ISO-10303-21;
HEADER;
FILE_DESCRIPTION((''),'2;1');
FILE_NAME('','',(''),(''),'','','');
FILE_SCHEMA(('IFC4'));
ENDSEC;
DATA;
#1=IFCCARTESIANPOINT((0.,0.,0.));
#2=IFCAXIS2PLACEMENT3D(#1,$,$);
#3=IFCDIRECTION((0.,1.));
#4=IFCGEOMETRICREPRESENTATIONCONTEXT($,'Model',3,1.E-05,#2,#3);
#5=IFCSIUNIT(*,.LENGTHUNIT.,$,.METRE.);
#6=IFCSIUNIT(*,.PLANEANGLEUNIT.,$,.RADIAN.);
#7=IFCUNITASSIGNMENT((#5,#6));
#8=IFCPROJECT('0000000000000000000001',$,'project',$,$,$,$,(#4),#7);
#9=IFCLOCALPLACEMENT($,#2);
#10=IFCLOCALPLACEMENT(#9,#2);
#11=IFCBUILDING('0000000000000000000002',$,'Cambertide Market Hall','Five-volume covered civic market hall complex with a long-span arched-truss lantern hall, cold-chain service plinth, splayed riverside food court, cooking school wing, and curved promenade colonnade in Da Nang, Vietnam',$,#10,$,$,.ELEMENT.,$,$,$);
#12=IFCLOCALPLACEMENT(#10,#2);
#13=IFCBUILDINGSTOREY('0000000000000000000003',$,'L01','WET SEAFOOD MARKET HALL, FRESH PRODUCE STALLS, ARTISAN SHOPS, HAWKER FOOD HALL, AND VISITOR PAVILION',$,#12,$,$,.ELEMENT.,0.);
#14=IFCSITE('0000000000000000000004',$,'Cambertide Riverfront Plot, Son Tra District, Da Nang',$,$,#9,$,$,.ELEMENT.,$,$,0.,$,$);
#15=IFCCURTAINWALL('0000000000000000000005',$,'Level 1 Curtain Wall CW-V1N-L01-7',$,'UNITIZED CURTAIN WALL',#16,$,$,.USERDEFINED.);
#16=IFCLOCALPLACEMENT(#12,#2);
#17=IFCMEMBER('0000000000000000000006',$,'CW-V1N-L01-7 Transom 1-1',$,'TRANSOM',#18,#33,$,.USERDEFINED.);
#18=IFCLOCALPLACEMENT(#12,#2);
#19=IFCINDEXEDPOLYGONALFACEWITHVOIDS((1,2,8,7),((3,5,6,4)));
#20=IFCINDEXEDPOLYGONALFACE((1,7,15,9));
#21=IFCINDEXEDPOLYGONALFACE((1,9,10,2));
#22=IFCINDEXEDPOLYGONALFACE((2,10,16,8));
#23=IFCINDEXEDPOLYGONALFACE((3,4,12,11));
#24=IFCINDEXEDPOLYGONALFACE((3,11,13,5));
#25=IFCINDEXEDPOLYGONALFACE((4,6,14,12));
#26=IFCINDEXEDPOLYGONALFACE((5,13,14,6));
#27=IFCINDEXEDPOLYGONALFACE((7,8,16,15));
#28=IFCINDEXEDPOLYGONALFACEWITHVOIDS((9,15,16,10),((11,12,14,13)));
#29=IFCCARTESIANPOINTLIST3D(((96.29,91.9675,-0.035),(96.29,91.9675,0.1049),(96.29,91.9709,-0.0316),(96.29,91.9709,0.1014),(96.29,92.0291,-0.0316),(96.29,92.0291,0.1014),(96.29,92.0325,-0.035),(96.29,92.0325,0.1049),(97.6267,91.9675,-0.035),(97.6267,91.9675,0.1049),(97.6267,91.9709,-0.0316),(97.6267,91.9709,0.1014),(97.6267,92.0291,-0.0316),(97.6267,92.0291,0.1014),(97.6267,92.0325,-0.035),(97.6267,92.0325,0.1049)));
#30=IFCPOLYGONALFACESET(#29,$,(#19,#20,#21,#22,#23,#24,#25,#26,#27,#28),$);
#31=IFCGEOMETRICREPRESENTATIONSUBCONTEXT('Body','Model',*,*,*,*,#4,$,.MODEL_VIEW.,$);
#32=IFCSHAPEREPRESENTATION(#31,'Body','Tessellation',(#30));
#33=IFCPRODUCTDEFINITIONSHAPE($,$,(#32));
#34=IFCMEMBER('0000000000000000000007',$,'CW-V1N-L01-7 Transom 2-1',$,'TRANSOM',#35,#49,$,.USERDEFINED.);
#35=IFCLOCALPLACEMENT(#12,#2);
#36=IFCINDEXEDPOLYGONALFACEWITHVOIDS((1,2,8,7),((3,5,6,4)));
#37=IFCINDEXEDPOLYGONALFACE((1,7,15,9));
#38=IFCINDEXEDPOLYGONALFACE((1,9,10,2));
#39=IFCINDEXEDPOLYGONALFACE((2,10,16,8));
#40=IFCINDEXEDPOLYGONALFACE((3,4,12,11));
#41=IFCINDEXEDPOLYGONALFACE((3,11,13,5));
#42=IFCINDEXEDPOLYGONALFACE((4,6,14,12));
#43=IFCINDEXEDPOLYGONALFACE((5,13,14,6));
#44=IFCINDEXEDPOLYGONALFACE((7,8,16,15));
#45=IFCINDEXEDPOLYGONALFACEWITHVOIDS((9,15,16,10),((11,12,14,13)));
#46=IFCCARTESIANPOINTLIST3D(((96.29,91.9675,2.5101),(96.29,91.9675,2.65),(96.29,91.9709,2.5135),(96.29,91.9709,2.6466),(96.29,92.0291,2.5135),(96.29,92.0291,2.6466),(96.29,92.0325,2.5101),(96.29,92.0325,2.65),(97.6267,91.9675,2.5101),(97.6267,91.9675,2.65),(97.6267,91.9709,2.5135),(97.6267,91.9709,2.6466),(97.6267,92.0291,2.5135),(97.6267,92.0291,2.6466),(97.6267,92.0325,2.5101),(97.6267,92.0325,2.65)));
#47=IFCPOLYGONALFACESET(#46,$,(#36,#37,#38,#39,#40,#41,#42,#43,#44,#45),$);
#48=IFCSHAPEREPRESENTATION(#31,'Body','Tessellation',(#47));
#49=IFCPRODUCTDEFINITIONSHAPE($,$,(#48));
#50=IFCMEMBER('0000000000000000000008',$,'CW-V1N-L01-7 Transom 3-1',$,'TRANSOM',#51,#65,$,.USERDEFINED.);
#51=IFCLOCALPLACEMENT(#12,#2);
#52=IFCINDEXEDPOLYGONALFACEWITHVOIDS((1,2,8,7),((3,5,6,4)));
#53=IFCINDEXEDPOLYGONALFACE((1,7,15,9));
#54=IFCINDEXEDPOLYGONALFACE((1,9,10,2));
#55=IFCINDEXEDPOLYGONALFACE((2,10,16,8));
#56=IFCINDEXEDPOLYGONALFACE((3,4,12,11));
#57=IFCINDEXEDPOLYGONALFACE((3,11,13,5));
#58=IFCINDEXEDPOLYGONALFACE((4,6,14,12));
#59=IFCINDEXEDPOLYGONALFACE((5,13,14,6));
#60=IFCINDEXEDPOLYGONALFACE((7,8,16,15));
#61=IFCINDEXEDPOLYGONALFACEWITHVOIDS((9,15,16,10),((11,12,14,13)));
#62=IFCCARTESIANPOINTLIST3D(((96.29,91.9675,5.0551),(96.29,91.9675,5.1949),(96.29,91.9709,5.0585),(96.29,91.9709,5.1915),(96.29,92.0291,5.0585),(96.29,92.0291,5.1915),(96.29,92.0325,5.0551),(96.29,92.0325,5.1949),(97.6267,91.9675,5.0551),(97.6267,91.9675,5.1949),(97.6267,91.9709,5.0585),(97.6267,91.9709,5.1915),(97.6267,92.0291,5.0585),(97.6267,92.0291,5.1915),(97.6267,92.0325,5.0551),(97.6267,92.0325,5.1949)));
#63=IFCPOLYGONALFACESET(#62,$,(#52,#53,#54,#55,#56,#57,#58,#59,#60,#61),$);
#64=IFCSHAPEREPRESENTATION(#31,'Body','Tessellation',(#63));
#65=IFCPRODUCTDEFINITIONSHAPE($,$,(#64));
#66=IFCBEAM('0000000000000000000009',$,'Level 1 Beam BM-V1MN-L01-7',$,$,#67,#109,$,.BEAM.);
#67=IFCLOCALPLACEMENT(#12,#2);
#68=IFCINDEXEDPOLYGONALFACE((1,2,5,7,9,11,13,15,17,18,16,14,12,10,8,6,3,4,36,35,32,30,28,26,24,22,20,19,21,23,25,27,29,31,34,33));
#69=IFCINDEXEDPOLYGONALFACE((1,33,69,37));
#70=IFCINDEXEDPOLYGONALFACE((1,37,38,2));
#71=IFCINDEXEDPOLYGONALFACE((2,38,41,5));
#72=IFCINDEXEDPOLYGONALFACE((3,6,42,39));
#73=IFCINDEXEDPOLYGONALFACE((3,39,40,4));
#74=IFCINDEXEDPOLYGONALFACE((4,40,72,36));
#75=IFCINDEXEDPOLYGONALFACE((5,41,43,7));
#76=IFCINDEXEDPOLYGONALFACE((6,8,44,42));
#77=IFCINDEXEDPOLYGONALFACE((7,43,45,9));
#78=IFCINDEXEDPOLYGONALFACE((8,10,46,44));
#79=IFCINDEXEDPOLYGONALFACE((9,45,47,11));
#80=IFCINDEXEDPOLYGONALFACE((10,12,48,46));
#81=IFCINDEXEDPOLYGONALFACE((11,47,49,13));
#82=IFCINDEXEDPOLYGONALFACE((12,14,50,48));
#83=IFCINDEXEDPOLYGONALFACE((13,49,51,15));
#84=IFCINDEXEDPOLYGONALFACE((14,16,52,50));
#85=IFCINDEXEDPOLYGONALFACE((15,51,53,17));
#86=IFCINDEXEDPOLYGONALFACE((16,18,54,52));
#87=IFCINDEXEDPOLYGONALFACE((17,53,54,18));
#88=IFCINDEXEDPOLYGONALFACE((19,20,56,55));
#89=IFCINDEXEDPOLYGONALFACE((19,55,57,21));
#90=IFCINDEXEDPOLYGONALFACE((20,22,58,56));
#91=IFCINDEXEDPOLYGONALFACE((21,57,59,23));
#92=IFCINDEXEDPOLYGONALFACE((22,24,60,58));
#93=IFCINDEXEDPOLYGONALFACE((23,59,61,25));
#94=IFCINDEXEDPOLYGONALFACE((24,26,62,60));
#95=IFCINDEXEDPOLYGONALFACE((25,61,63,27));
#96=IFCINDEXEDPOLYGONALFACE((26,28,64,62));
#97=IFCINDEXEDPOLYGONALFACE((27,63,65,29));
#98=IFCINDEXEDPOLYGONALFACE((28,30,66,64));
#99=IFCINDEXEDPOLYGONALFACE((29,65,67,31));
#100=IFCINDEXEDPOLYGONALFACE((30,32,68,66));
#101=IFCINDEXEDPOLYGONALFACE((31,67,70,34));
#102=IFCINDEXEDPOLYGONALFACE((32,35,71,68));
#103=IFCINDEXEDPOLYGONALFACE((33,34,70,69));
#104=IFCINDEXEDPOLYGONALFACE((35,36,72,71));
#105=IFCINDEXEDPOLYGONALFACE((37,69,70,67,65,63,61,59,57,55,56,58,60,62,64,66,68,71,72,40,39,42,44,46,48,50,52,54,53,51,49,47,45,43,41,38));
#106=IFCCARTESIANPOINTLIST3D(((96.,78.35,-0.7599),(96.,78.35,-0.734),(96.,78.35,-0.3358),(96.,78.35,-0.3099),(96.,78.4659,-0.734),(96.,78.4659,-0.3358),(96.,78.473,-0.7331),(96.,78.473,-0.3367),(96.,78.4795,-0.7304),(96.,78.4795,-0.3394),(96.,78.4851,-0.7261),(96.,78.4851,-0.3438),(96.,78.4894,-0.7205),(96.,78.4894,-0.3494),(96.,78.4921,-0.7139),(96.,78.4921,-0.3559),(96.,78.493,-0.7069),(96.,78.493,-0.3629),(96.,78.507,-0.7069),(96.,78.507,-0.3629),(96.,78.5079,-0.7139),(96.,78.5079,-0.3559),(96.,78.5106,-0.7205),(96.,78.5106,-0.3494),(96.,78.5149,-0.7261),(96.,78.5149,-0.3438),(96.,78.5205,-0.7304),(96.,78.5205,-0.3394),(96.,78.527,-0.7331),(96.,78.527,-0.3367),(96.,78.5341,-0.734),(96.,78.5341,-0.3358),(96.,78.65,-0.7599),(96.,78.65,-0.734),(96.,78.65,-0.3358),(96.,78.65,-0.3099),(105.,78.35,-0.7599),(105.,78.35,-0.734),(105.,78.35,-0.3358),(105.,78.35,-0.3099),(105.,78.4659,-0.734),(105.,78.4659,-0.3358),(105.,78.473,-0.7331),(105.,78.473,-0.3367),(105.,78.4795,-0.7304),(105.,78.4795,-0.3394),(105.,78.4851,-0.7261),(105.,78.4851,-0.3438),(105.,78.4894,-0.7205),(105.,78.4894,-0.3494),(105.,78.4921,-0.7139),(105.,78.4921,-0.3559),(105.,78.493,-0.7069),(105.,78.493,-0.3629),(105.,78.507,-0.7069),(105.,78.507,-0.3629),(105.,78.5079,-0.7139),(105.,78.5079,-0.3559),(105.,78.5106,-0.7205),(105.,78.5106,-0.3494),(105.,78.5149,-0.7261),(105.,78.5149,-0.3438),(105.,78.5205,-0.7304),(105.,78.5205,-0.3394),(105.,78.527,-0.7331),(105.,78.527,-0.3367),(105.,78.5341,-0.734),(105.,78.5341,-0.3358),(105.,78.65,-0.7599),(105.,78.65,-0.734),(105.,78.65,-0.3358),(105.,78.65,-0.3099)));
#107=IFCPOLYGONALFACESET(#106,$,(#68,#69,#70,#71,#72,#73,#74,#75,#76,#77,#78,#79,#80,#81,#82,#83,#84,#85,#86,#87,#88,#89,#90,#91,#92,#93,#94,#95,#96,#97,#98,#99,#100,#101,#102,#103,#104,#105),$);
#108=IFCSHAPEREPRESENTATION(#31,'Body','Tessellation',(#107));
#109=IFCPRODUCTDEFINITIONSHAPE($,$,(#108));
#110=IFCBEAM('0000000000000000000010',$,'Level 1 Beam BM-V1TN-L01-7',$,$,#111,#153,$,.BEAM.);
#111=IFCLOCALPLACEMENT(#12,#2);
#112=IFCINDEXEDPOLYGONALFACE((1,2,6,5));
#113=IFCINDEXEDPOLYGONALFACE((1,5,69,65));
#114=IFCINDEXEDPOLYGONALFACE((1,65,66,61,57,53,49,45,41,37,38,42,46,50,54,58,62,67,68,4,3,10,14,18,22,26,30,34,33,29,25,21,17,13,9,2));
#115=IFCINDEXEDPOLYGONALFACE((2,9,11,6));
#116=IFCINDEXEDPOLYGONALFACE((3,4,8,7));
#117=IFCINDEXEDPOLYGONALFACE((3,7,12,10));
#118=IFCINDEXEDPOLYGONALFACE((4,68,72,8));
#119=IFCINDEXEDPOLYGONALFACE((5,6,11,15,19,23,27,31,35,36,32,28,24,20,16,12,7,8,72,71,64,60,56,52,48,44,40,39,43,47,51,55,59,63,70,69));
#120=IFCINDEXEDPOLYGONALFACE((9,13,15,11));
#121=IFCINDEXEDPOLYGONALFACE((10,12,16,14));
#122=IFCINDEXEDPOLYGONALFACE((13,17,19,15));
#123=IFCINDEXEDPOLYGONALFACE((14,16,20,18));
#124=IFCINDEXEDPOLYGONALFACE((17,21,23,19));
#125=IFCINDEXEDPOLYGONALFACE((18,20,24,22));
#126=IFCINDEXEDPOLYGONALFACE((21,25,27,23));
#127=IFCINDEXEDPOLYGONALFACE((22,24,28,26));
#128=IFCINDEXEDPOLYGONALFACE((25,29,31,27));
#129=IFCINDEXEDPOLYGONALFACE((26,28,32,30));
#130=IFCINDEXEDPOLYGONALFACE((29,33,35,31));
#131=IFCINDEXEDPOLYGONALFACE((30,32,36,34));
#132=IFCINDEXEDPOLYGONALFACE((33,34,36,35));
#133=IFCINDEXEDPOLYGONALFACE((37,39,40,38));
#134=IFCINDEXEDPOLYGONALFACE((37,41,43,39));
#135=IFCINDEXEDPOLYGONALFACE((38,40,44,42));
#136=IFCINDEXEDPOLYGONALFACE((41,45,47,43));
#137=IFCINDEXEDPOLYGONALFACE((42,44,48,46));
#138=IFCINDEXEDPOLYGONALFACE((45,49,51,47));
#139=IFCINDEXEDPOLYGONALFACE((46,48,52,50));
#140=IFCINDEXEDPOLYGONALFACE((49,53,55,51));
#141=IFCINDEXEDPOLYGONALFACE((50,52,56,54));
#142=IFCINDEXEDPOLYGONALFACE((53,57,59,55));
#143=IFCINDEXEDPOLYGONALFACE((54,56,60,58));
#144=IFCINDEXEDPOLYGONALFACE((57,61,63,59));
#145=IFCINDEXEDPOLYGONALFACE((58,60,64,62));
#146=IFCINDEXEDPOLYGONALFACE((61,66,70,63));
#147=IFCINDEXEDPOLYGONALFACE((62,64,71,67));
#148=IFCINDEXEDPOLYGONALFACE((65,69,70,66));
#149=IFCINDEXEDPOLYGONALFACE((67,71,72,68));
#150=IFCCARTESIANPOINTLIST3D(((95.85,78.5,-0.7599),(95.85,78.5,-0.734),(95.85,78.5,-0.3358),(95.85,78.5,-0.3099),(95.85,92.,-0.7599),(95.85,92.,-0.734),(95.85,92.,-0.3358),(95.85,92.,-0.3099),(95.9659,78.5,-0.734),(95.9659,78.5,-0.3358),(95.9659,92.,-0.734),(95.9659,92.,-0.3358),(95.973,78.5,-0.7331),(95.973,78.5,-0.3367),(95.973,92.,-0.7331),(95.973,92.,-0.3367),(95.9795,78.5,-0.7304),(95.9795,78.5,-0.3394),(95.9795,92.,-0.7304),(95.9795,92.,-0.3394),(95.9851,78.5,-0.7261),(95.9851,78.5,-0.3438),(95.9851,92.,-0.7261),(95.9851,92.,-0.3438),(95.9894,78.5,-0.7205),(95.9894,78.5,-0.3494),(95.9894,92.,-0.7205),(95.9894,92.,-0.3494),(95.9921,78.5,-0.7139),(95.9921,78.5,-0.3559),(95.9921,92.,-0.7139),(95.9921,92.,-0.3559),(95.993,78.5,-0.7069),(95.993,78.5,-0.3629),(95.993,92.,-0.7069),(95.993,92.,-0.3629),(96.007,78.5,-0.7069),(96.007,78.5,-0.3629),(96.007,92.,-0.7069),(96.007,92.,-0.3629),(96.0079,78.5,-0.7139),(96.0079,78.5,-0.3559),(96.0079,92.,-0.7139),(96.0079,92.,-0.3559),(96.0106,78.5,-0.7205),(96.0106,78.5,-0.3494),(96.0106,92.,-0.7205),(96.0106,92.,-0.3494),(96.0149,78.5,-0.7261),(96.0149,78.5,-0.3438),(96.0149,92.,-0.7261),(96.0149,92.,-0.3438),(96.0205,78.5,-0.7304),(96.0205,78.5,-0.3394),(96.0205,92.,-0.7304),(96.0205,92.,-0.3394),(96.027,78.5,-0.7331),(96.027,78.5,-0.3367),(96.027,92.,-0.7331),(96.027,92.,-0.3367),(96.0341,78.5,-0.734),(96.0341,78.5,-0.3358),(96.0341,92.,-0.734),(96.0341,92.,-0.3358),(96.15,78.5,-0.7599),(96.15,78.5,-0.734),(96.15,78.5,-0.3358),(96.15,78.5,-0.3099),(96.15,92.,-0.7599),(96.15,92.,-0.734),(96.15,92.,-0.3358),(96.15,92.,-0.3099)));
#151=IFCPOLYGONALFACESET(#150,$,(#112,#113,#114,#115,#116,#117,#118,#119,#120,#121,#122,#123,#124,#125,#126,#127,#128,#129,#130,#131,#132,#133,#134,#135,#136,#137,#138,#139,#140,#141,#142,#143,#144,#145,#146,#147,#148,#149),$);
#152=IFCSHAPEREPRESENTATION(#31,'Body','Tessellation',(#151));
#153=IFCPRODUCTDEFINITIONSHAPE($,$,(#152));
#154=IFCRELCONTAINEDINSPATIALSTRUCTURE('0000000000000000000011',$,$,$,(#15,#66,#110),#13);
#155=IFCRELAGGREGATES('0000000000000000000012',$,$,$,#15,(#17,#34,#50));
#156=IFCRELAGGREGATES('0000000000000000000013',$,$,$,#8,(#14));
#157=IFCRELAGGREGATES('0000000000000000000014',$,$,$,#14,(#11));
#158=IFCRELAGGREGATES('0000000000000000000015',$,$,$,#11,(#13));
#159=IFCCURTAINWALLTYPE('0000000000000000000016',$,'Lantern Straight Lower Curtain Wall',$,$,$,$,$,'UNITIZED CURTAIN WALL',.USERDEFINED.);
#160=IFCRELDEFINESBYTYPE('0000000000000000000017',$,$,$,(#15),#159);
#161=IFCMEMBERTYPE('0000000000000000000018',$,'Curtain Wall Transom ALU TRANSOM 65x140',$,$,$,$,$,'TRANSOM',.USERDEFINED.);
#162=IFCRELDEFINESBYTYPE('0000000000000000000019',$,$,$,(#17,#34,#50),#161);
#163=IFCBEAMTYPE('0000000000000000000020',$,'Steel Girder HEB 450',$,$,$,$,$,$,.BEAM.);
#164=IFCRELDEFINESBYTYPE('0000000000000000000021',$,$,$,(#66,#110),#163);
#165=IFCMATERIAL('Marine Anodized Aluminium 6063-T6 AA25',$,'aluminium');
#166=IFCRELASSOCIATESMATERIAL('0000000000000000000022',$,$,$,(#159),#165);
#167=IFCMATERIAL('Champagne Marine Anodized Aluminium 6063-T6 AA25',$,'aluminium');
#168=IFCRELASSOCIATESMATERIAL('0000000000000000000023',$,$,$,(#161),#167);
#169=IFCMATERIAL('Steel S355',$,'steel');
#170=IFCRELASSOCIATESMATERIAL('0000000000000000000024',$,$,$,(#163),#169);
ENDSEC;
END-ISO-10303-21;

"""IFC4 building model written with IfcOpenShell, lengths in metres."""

from ifc_helpers import new_model, si_unit, direction, frame, origin, origin_2d, place, context, subcontext, project, spatial, hollow_rectangle, i_section, extrude, material, material_profile, profile_set, type_object, element, aggregate, save


model = new_model("IFC4")

# Units and contexts
model_context = context("Model", 3, precision=1e-05, world=origin(), true_north=direction((0.0, 1.0)))
body_context = subcontext(model_context, "Body", "Model", "MODEL_VIEW")
ifc_project = project(units=[si_unit("LENGTHUNIT", "METRE"), si_unit("PLANEANGLEUNIT", "RADIAN")], contexts=[model_context])

# Site, building, storey
site_placement = place(None, origin())
site = spatial("IfcSite", under=ifc_project, at=site_placement, Name="Cambertide Riverfront Plot, Son Tra District, Da Nang", CompositionType="ELEMENT", RefElevation=0.0)
building_placement = place(site_placement, origin())
building = spatial("IfcBuilding", under=site, at=building_placement, Name="Cambertide Market Hall", Description="Five-volume covered civic market hall complex with a long-span arched-truss lantern hall, cold-chain service plinth, splayed riverside food court, cooking school wing, and curved promenade colonnade in Da Nang, Vietnam", CompositionType="ELEMENT")
storey_placement = place(building_placement, origin())
storey = spatial("IfcBuildingStorey", under=building, at=storey_placement, Name="L01", Description="WET SEAFOOD MARKET HALL, FRESH PRODUCE STALLS, ARTISAN SHOPS, HAWKER FOOD HALL, AND VISITOR PAVILION", CompositionType="ELEMENT", Elevation=0.0)

# Curtain wall, members
ifc_material_1 = material(Name="Marine Anodized Aluminium 6063-T6 AA25", Category="aluminium")
curtain_wall_type = type_object("IfcCurtainWallType", Name="Lantern Straight Lower Curtain Wall", ElementType="UNITIZED CURTAIN WALL", PredefinedType="USERDEFINED", material=ifc_material_1)
curtain_wall_placement = place(storey_placement, origin())
curtain_wall = element("IfcCurtainWall", 1, at=curtain_wall_placement, inside=storey, type_object=curtain_wall_type, Name="Level 1 Curtain Wall CW-V1N-L01-7", ObjectType="UNITIZED CURTAIN WALL", PredefinedType="USERDEFINED")
ifc_material_2 = material(Name="Champagne Marine Anodized Aluminium 6063-T6 AA25", Category="aluminium")
ifc_material_profile_1 = material_profile(ifc_material_2, hollow_rectangle(XDim=0.0649, YDim=0.1399, WallThickness=0.0034, at=origin_2d()), Name="ALU TRANSOM 65x140")
ifc_profile_set_1 = profile_set([ifc_material_profile_1], Name="Champagne Marine Anodized Aluminium 6063-T6 AA25")
member_type_1 = type_object("IfcMemberType", Name="Curtain Wall Transom ALU TRANSOM 65x140", ElementType="TRANSOM", PredefinedType="USERDEFINED", material=ifc_profile_set_1)
member_1_placement = place(storey_placement, frame((96.29, 92.0, 0.0349), z_axis=(1.0, 0.0, 0.0), x_axis=(0.0, 1.0, 0.0)))
member_1 = element("IfcMember", 2, at=member_1_placement, type_object=member_type_1, Name="CW-V1N-L01-7 Transom 1-1", ObjectType="TRANSOM", PredefinedType="USERDEFINED", context=body_context, shape_type="SweptSolid", body=[
    extrude(hollow_rectangle(XDim=0.0649, YDim=0.1399, WallThickness=0.0034, at=origin_2d()), origin(), (0.0, 0.0, 1.0), 1.3367),
])
member_2_placement = place(storey_placement, frame((96.29, 92.0, 2.5801), z_axis=(1.0, 0.0, 0.0), x_axis=(0.0, 1.0, 0.0)))
member_2 = element("IfcMember", 3, at=member_2_placement, type_object=member_type_1, Name="CW-V1N-L01-7 Transom 2-1", ObjectType="TRANSOM", PredefinedType="USERDEFINED", context=body_context, shape_type="SweptSolid", body=[
    extrude(hollow_rectangle(XDim=0.0649, YDim=0.1399, WallThickness=0.0034, at=origin_2d()), origin(), (0.0, 0.0, 1.0), 1.3367),
])
member_3_placement = place(storey_placement, frame((96.29, 92.0, 5.125), z_axis=(1.0, 0.0, 0.0), x_axis=(0.0, 1.0, 0.0)))
member_3 = element("IfcMember", 4, at=member_3_placement, type_object=member_type_1, Name="CW-V1N-L01-7 Transom 3-1", ObjectType="TRANSOM", PredefinedType="USERDEFINED", context=body_context, shape_type="SweptSolid", body=[
    extrude(hollow_rectangle(XDim=0.0649, YDim=0.1399, WallThickness=0.0034, at=origin_2d()), origin(), (0.0, 0.0, 1.0), 1.3367),
])
aggregate(curtain_wall, [member_1, member_2, member_3])

# Beams
ifc_material_3 = material(Name="Steel S355", Category="steel")
ifc_material_profile_2 = material_profile(ifc_material_3, i_section(OverallWidth=0.3, OverallDepth=0.45, WebThickness=0.0139, FlangeThickness=0.0259, FilletRadius=0.0271, at=origin_2d()), Name="HEB 450")
ifc_profile_set_2 = profile_set([ifc_material_profile_2], Name="Steel S355")
beam_type_1 = type_object("IfcBeamType", Name="Steel Girder HEB 450", PredefinedType="BEAM", material=ifc_profile_set_2)
beam_1_placement = place(storey_placement, frame((96.0, 78.5, -0.5349), z_axis=(1.0, 0.0, 0.0), x_axis=(0.0, 1.0, 0.0)))
element("IfcBeam", 5, at=beam_1_placement, inside=storey, type_object=beam_type_1, Name="Level 1 Beam BM-V1MN-L01-7", PredefinedType="BEAM", context=body_context, shape_type="SweptSolid", body=[
    extrude(i_section(OverallWidth=0.3, OverallDepth=0.45, WebThickness=0.0139, FlangeThickness=0.0259, FilletRadius=0.0271, at=origin_2d()), origin(), (0.0, 0.0, 1.0), 9.0),
])
beam_2_placement = place(storey_placement, frame((96.0, 78.5, -0.5349), z_axis=(0.0, 1.0, 0.0), x_axis=(-1.0, 0.0, 0.0)))
element("IfcBeam", 6, at=beam_2_placement, inside=storey, type_object=beam_type_1, Name="Level 1 Beam BM-V1TN-L01-7", PredefinedType="BEAM", context=body_context, shape_type="SweptSolid", body=[
    extrude(i_section(OverallWidth=0.3, OverallDepth=0.45, WebThickness=0.0139, FlangeThickness=0.0259, FilletRadius=0.0271, at=origin_2d()), origin(), (0.0, 0.0, 1.0), 13.5),
])

save(model, "model.ifc")
